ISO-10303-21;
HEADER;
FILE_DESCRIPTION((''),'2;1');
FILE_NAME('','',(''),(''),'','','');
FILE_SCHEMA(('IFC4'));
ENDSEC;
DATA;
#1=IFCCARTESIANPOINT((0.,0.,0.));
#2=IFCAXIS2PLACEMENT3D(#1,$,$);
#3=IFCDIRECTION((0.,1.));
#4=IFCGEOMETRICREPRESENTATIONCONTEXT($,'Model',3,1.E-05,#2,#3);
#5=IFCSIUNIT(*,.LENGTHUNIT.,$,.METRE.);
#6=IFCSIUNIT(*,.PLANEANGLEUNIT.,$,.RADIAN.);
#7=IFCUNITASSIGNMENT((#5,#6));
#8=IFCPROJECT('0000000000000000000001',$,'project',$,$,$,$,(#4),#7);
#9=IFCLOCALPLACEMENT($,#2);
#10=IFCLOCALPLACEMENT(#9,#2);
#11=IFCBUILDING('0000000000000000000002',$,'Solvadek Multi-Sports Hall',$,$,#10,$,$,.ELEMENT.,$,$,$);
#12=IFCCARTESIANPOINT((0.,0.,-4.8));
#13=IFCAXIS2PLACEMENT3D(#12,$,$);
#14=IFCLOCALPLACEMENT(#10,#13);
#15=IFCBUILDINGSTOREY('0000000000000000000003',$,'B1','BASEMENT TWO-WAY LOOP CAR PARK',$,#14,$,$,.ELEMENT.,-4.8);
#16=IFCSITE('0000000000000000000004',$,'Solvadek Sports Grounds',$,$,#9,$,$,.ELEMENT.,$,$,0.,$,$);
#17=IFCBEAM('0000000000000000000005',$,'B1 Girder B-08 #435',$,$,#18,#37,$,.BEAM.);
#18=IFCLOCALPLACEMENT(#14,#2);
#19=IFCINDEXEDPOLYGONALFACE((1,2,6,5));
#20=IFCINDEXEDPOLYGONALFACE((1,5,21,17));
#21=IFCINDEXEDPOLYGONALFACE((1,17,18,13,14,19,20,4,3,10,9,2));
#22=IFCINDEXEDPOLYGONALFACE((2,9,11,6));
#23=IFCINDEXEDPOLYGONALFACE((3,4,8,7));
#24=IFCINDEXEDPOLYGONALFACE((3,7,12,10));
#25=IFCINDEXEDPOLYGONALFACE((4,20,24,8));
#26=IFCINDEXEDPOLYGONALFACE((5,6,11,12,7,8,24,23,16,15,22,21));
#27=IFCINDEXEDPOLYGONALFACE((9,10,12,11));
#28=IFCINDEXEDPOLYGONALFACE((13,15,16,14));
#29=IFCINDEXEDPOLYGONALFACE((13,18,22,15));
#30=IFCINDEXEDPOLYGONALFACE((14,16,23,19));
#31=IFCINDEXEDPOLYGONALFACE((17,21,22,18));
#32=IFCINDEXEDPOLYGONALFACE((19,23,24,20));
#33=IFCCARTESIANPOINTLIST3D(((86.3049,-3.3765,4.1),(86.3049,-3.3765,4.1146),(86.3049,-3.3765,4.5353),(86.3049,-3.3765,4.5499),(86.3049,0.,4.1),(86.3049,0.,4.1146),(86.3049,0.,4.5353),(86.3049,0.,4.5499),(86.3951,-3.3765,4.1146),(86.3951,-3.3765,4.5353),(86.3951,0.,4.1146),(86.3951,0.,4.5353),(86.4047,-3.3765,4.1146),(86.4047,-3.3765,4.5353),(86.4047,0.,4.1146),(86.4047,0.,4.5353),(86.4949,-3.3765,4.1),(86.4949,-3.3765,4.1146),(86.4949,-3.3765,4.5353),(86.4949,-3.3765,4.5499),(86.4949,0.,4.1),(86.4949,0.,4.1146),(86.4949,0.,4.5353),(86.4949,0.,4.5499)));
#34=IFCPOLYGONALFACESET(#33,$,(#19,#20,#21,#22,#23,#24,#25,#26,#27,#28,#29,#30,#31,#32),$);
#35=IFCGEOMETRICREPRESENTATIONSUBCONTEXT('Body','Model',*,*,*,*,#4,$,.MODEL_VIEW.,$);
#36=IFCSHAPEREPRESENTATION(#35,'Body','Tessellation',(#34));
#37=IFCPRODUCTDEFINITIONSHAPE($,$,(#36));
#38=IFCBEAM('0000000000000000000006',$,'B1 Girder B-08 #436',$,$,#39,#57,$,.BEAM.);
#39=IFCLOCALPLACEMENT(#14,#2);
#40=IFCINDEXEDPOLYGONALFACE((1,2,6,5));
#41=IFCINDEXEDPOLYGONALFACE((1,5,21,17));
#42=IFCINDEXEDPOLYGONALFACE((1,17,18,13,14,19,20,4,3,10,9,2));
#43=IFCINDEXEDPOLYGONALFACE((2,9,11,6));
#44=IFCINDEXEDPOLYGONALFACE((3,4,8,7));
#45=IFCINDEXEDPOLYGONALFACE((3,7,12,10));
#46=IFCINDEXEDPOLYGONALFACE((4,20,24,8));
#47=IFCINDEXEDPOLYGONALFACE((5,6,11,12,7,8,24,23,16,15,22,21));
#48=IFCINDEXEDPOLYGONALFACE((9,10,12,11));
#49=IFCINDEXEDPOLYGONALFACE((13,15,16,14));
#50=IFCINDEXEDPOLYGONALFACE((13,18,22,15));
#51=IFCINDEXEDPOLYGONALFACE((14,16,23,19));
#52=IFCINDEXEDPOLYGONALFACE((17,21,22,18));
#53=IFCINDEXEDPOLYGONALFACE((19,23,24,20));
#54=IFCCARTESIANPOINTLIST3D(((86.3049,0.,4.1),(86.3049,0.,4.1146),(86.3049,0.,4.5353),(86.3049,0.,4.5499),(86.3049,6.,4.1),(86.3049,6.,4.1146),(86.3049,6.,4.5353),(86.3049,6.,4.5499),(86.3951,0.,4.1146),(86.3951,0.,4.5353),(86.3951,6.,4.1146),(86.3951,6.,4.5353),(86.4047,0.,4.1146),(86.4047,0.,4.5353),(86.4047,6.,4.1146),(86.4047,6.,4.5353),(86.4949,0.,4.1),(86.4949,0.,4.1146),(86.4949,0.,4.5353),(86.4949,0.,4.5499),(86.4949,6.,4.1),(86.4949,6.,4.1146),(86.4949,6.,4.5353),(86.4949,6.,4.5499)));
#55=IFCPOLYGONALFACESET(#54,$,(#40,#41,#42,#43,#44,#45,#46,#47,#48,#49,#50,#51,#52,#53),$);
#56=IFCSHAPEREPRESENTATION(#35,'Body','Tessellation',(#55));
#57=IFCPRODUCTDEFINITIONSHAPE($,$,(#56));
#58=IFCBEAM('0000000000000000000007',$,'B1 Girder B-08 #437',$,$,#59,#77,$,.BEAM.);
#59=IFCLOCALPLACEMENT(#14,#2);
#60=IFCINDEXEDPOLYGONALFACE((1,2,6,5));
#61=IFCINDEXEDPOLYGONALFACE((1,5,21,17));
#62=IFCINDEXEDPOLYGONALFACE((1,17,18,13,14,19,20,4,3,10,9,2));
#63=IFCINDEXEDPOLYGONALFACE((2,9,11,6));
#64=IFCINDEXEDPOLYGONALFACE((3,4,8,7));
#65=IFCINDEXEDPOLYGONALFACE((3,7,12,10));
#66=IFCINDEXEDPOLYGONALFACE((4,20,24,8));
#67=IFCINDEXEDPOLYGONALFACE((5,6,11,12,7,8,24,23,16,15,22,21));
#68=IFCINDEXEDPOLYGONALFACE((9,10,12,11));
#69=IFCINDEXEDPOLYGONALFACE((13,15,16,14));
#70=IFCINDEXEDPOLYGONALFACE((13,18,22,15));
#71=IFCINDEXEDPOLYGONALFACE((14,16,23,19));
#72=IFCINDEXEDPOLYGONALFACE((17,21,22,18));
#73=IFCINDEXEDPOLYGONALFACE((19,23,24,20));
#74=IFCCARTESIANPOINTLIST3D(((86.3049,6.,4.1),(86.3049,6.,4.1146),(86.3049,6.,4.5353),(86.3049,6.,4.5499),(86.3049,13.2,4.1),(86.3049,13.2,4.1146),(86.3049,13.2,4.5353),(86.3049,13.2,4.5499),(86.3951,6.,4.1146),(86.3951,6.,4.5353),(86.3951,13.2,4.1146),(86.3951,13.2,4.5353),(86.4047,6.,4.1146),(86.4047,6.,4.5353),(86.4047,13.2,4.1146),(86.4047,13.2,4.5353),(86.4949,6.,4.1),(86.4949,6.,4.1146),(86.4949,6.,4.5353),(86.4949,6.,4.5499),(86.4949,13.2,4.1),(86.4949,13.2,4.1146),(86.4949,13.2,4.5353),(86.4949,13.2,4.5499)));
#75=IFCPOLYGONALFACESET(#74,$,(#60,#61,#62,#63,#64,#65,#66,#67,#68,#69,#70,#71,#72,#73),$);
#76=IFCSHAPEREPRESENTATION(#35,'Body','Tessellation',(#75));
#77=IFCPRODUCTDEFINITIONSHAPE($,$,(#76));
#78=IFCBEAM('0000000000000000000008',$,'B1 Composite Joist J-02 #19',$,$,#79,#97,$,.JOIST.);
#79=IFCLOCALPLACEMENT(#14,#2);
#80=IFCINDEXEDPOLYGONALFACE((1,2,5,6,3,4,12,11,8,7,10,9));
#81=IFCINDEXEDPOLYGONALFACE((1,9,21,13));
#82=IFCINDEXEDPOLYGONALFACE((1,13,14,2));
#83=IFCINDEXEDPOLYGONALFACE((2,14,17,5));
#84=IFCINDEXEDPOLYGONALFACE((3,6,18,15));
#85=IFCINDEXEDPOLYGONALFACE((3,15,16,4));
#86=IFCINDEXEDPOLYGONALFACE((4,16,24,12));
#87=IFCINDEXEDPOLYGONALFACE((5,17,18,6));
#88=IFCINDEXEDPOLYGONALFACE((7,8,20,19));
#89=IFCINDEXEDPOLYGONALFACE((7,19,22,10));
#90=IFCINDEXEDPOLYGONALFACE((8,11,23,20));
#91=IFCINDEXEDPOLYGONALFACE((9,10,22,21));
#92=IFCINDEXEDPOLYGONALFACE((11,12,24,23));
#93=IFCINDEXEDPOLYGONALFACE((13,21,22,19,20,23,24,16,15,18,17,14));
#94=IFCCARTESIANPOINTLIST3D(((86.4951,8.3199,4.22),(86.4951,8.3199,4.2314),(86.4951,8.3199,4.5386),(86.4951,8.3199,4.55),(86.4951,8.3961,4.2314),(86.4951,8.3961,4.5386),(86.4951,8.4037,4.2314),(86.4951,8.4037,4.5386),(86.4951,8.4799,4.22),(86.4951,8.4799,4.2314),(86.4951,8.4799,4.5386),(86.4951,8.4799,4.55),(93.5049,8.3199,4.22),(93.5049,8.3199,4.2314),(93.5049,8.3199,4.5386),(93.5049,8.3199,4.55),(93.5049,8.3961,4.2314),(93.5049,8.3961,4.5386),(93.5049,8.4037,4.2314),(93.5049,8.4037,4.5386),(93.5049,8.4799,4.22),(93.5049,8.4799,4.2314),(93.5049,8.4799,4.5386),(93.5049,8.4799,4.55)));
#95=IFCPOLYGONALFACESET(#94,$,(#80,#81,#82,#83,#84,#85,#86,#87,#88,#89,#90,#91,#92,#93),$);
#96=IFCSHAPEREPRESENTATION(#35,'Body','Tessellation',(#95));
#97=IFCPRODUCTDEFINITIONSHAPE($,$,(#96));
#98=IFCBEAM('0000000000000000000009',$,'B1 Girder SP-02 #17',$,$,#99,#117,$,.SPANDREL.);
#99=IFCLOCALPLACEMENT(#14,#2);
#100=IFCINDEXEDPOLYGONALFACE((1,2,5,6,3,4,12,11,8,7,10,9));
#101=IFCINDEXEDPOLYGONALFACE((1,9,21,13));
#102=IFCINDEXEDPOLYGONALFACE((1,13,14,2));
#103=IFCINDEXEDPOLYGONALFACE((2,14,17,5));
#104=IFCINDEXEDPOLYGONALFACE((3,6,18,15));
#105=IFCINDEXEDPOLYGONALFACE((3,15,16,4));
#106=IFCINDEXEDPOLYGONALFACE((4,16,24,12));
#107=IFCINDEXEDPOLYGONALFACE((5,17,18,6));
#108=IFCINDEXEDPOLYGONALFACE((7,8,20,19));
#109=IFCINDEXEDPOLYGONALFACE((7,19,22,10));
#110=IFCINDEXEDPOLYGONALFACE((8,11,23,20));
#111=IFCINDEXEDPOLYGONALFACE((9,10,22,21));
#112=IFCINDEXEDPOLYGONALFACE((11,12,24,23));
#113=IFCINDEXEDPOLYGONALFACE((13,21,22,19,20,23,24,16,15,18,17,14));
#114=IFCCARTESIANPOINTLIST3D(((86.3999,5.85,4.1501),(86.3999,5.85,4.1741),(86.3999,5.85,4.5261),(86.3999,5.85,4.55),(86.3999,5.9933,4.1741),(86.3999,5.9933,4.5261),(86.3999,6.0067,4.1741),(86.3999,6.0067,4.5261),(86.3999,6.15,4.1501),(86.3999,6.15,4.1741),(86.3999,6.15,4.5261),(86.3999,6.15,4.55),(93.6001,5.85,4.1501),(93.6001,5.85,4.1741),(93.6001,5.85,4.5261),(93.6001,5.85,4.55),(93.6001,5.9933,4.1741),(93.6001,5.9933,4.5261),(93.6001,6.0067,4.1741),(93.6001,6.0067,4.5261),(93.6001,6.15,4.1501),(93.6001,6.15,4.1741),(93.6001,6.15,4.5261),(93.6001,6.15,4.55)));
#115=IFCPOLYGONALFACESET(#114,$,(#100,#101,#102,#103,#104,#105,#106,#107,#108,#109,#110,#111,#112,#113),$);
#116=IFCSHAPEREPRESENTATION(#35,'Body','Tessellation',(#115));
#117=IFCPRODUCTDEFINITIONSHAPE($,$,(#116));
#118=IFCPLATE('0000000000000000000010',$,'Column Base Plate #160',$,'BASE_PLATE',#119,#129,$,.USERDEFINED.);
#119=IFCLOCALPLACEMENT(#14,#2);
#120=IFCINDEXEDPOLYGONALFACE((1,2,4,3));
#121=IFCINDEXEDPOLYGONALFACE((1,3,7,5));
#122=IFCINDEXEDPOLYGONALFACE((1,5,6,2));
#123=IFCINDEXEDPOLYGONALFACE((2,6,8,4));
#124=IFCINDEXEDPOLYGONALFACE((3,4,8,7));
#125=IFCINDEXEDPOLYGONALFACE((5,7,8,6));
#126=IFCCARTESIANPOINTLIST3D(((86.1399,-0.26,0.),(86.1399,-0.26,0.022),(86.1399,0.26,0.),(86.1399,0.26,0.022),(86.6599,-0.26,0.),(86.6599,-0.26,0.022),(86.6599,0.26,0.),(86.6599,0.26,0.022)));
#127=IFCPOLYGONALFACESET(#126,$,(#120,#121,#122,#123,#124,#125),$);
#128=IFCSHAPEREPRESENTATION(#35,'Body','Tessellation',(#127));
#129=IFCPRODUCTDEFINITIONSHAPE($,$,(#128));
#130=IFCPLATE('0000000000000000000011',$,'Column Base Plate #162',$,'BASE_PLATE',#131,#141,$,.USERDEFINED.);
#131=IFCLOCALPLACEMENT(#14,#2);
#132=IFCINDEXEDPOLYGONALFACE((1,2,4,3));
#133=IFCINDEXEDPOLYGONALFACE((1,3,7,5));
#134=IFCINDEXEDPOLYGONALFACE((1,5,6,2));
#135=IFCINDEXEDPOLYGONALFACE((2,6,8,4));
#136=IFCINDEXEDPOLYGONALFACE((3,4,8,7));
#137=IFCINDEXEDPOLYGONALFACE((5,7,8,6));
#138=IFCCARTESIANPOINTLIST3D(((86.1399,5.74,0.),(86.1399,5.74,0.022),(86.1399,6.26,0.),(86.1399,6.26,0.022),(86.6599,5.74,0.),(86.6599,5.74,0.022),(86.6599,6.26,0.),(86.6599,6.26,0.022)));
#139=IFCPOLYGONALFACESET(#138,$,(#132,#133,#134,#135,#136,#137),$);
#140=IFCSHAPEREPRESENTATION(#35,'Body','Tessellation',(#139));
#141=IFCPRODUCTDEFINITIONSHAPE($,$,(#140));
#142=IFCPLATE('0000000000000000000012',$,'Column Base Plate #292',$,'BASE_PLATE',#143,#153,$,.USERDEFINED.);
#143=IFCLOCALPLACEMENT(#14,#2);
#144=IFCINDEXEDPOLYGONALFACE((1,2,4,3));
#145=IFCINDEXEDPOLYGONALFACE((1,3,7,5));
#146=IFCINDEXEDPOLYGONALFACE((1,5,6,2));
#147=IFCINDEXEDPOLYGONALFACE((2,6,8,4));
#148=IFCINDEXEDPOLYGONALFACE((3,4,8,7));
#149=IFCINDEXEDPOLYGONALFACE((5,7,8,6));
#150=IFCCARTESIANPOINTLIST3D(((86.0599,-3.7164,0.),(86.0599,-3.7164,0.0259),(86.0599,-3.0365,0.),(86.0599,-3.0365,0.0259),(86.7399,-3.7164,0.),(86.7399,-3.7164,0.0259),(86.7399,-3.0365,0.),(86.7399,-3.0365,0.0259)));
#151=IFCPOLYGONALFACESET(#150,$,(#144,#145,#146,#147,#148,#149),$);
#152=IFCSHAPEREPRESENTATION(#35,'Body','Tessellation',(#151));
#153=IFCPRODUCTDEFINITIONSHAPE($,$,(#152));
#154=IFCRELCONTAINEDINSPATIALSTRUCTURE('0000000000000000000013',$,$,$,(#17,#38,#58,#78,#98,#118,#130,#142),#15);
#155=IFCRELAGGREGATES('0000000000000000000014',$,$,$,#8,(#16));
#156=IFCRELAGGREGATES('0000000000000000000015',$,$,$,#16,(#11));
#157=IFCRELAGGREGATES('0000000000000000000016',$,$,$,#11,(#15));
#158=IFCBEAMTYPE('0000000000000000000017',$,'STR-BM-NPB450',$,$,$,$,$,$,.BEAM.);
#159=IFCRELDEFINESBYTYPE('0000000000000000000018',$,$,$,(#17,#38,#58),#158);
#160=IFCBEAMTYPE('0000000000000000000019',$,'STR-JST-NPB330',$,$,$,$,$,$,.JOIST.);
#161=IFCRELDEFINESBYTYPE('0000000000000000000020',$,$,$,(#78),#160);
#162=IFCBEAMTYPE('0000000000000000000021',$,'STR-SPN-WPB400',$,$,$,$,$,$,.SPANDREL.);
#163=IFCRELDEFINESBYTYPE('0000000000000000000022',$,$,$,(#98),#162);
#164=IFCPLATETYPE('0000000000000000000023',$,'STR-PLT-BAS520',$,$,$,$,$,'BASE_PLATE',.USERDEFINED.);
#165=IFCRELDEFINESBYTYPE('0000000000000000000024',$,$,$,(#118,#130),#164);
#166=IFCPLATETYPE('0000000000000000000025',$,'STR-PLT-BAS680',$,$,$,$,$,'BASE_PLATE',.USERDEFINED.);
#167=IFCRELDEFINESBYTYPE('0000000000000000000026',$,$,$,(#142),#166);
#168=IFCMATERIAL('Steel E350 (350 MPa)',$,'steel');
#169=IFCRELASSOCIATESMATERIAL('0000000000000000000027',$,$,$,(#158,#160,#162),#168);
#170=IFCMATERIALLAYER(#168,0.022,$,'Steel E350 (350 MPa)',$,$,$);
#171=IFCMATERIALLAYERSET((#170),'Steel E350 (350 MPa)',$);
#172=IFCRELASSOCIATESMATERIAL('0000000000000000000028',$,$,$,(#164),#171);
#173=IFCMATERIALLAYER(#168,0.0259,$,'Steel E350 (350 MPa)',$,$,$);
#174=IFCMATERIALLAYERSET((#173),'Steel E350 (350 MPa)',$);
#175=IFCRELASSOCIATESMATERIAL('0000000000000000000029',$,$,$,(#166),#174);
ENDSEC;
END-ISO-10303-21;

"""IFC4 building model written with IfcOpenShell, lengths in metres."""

from ifc_helpers import new_model, si_unit, direction, frame, origin, origin_2d, place, context, subcontext, project, spatial, rectangle, i_section, extrude, material, layer, layer_set, material_profile, profile_set, type_object, element, save


model = new_model("IFC4")

# Units and contexts
model_context = context("Model", 3, precision=1e-05, world=origin(), true_north=direction((0.0, 1.0)))
body_context = subcontext(model_context, "Body", "Model", "MODEL_VIEW")
ifc_project = project(units=[si_unit("LENGTHUNIT", "METRE"), si_unit("PLANEANGLEUNIT", "RADIAN")], contexts=[model_context])

# Site, building, storey
site_placement = place(None, origin())
site = spatial("IfcSite", under=ifc_project, at=site_placement, Name="Solvadek Sports Grounds", CompositionType="ELEMENT", RefElevation=0.0)
building_placement = place(site_placement, origin())
building = spatial("IfcBuilding", under=site, at=building_placement, Name="Solvadek Multi-Sports Hall", CompositionType="ELEMENT")
storey_placement = place(building_placement, frame((0.0, 0.0, -4.8)))
storey = spatial("IfcBuildingStorey", under=building, at=storey_placement, Name="B1", Description="BASEMENT TWO-WAY LOOP CAR PARK", CompositionType="ELEMENT", Elevation=-4.8)

# Shared definitions
ifc_material_1 = material(Name="Steel E350 (350 MPa)", Category="steel")

# Beams
ifc_material_profile_1 = material_profile(ifc_material_1, i_section(OverallWidth=0.1899, OverallDepth=0.45, WebThickness=0.0095, FlangeThickness=0.0146, at=origin_2d()), Name="NPB 450")
ifc_profile_set_1 = profile_set([ifc_material_profile_1], Name="Steel E350 (350 MPa)")
beam_type_1 = type_object("IfcBeamType", Name="STR-BM-NPB450", PredefinedType="BEAM", material=ifc_profile_set_1)
beam_1_placement = place(storey_placement, frame((86.3999, -3.3765, 4.325), z_axis=(0.0, 1.0, 0.0), x_axis=(-1.0, 0.0, 0.0)))
element("IfcBeam", 1, at=beam_1_placement, inside=storey, type_object=beam_type_1, Name="B1 Girder B-08 #435", PredefinedType="BEAM", context=body_context, shape_type="SweptSolid", body=[
    extrude(i_section(OverallWidth=0.1899, OverallDepth=0.45, WebThickness=0.0095, FlangeThickness=0.0146, at=origin_2d()), origin(), (0.0, 0.0, 1.0), 3.3765),
])
beam_2_placement = place(storey_placement, frame((86.3999, 0.0, 4.325), z_axis=(0.0, 1.0, 0.0), x_axis=(-1.0, 0.0, 0.0)))
element("IfcBeam", 2, at=beam_2_placement, inside=storey, type_object=beam_type_1, Name="B1 Girder B-08 #436", PredefinedType="BEAM", context=body_context, shape_type="SweptSolid", body=[
    extrude(i_section(OverallWidth=0.1899, OverallDepth=0.45, WebThickness=0.0095, FlangeThickness=0.0146, at=origin_2d()), origin(), (0.0, 0.0, 1.0), 6.0),
])
beam_3_placement = place(storey_placement, frame((86.3999, 6.0, 4.325), z_axis=(0.0, 1.0, 0.0), x_axis=(-1.0, 0.0, 0.0)))
element("IfcBeam", 3, at=beam_3_placement, inside=storey, type_object=beam_type_1, Name="B1 Girder B-08 #437", PredefinedType="BEAM", context=body_context, shape_type="SweptSolid", body=[
    extrude(i_section(OverallWidth=0.1899, OverallDepth=0.45, WebThickness=0.0095, FlangeThickness=0.0146, at=origin_2d()), origin(), (0.0, 0.0, 1.0), 7.2),
])
ifc_material_profile_2 = material_profile(ifc_material_1, i_section(OverallWidth=0.1599, OverallDepth=0.3301, WebThickness=0.0076, FlangeThickness=0.0115, at=origin_2d()), Name="NPB 330")
ifc_profile_set_2 = profile_set([ifc_material_profile_2], Name="Steel E350 (350 MPa)")
beam_type_2 = type_object("IfcBeamType", Name="STR-JST-NPB330", PredefinedType="JOIST", material=ifc_profile_set_2)
beam_4_placement = place(storey_placement, frame((86.4951, 8.3999, 4.385), z_axis=(1.0, 0.0, 0.0), x_axis=(0.0, 1.0, 0.0)))
element("IfcBeam", 4, at=beam_4_placement, inside=storey, type_object=beam_type_2, Name="B1 Composite Joist J-02 #19", PredefinedType="JOIST", context=body_context, shape_type="SweptSolid", body=[
    extrude(i_section(OverallWidth=0.1599, OverallDepth=0.3301, WebThickness=0.0076, FlangeThickness=0.0115, at=origin_2d()), origin(), (0.0, 0.0, 1.0), 7.0098),
])
ifc_material_profile_3 = material_profile(ifc_material_1, i_section(OverallWidth=0.3, OverallDepth=0.3999, WebThickness=0.0134, FlangeThickness=0.0239, at=origin_2d()), Name="WPB 400")
ifc_profile_set_3 = profile_set([ifc_material_profile_3], Name="Steel E350 (350 MPa)")
beam_type_3 = type_object("IfcBeamType", Name="STR-SPN-WPB400", PredefinedType="SPANDREL", material=ifc_profile_set_3)
beam_5_placement = place(storey_placement, frame((86.3999, 6.0, 4.3501), z_axis=(1.0, 0.0, 0.0), x_axis=(0.0, 1.0, 0.0)))
element("IfcBeam", 5, at=beam_5_placement, inside=storey, type_object=beam_type_3, Name="B1 Girder SP-02 #17", PredefinedType="SPANDREL", context=body_context, shape_type="SweptSolid", body=[
    extrude(i_section(OverallWidth=0.3, OverallDepth=0.3999, WebThickness=0.0134, FlangeThickness=0.0239, at=origin_2d()), origin(), (0.0, 0.0, 1.0), 7.2002),
])

# Plates
ifc_layer_1 = layer(ifc_material_1, 0.022, Name="Steel E350 (350 MPa)")
ifc_layer_set_1 = layer_set([ifc_layer_1], Name="Steel E350 (350 MPa)")
plate_type_1 = type_object("IfcPlateType", Name="STR-PLT-BAS520", ElementType="BASE_PLATE", PredefinedType="USERDEFINED", material=ifc_layer_set_1)
for number, where, z_axis, x_axis, name in (
    (6, (86.3999, 0.0, 0.0), (0.0, 0.0, 1.0), (1.0, 0.0, 0.0), "Column Base Plate #160"),
    (7, (86.3999, 6.0, 0.0), (0.0, 0.0, 1.0), (1.0, 0.0, 0.0), "Column Base Plate #162"),
):
    element("IfcPlate", number, at=place(storey_placement, frame(where, z_axis=z_axis, x_axis=x_axis)), inside=storey, type_object=plate_type_1, Name=name, ObjectType="BASE_PLATE", PredefinedType="USERDEFINED", context=body_context, shape_type="SweptSolid", body=[
        extrude(rectangle(XDim=0.52, YDim=0.52, at=origin_2d()), origin(), (0.0, 0.0, 1.0), 0.022),
    ])
ifc_layer_2 = layer(ifc_material_1, 0.0259, Name="Steel E350 (350 MPa)")
ifc_layer_set_2 = layer_set([ifc_layer_2], Name="Steel E350 (350 MPa)")
plate_type_2 = type_object("IfcPlateType", Name="STR-PLT-BAS680", ElementType="BASE_PLATE", PredefinedType="USERDEFINED", material=ifc_layer_set_2)
plate_placement = place(storey_placement, frame((86.3999, -3.3765, 0.0), z_axis=(0.0, 0.0, 1.0), x_axis=(1.0, 0.0, 0.0)))
element("IfcPlate", 8, at=plate_placement, inside=storey, type_object=plate_type_2, Name="Column Base Plate #292", ObjectType="BASE_PLATE", PredefinedType="USERDEFINED", context=body_context, shape_type="SweptSolid", body=[
    extrude(rectangle(XDim=0.6799, YDim=0.6799, at=origin_2d()), origin(), (0.0, 0.0, 1.0), 0.0259),
])

save(model, "model.ifc")
